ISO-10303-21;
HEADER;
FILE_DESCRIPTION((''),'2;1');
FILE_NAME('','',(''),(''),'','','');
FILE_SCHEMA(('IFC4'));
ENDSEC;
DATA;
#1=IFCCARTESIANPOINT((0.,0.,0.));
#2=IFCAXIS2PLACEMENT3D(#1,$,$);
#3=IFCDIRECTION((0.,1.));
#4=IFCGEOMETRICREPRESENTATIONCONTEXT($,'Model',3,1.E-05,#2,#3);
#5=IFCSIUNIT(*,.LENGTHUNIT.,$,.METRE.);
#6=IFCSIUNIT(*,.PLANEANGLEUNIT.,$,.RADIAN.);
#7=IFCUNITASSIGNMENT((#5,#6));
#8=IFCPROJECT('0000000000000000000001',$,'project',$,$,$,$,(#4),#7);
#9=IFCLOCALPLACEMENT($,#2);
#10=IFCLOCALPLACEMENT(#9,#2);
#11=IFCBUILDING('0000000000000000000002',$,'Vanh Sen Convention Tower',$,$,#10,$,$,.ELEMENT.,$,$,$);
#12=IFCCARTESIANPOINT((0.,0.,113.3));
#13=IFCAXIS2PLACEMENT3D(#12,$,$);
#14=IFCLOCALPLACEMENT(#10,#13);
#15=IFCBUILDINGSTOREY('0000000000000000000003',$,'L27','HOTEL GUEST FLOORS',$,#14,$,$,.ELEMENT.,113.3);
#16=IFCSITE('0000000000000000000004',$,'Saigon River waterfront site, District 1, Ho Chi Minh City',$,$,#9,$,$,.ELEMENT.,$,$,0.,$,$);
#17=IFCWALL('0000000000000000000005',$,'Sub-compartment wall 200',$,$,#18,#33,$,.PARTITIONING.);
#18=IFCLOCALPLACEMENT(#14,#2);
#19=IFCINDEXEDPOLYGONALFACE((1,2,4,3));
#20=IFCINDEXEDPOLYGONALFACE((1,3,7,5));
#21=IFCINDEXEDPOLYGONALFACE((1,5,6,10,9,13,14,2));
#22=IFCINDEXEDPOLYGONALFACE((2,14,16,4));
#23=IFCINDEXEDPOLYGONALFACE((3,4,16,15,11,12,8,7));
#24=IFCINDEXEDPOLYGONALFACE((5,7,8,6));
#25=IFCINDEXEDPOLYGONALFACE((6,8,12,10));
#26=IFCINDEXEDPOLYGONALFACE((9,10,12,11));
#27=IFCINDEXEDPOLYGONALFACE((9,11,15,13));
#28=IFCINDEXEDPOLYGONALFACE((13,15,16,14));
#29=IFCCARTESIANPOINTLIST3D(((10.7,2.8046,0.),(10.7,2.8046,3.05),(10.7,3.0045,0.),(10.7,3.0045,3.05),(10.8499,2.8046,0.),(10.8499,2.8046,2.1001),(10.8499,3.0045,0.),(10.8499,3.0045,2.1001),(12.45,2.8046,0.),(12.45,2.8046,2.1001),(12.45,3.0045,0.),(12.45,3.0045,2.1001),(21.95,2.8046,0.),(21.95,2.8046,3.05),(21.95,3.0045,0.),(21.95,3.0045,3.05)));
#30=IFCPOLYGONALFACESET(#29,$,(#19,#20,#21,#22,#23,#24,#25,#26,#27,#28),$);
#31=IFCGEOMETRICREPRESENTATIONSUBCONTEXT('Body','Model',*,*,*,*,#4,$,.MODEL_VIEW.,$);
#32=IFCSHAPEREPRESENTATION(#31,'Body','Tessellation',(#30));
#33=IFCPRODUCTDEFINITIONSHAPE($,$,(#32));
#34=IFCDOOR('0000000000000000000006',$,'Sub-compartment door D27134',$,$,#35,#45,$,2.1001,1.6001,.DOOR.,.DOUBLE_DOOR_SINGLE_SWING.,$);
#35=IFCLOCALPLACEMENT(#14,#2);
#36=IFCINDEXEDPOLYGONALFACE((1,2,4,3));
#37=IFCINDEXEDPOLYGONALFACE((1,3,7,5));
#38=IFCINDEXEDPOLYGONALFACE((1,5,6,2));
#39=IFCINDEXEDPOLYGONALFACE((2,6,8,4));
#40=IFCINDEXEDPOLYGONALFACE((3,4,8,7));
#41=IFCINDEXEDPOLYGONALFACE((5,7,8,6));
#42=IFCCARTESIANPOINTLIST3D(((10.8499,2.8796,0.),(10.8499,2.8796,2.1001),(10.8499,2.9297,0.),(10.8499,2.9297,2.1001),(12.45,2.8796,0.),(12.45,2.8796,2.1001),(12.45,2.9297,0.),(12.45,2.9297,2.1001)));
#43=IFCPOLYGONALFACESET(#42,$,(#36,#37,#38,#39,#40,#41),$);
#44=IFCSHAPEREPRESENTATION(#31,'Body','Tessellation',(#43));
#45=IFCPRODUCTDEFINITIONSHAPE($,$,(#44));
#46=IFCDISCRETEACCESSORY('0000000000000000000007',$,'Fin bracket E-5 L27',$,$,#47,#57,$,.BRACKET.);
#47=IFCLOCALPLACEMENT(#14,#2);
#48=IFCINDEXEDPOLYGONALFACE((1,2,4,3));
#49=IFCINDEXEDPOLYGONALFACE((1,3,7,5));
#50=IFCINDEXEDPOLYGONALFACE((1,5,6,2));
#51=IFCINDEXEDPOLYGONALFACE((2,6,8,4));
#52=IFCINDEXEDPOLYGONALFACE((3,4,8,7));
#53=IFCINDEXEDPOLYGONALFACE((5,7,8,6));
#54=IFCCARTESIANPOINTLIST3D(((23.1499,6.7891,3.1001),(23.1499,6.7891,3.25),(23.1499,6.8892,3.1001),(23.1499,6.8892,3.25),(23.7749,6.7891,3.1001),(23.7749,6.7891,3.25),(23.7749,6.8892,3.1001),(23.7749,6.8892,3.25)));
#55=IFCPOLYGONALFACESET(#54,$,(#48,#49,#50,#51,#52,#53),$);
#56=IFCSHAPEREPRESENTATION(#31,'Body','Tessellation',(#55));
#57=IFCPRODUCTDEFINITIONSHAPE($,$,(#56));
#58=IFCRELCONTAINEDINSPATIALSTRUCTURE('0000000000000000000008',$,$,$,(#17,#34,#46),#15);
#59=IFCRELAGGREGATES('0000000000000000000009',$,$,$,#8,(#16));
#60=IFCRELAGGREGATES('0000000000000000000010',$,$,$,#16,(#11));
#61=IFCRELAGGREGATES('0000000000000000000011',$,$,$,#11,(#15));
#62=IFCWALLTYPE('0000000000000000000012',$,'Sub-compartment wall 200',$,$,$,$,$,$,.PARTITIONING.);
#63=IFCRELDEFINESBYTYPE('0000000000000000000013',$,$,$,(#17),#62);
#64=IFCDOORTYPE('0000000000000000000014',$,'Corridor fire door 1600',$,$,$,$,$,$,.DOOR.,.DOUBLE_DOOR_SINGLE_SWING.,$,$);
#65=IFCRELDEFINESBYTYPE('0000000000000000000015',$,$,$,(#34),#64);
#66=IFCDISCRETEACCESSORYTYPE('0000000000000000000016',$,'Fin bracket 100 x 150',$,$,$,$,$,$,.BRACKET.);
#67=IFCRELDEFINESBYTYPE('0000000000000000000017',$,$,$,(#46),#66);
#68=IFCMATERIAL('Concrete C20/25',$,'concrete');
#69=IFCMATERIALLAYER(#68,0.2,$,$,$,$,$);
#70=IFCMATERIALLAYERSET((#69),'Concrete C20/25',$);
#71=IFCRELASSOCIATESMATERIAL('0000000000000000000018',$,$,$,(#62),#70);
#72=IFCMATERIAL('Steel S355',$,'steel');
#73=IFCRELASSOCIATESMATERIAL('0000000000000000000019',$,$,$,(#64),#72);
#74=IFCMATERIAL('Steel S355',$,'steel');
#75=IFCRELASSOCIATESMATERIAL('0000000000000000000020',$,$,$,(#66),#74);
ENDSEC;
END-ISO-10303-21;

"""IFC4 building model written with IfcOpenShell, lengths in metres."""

from ifc_helpers import new_model, si_unit, direction, frame, frame_2d, origin, origin_2d, place, context, subcontext, project, spatial, rectangle, extrude, material, layer, layer_set, type_object, element, fill, save


model = new_model("IFC4")

# Units and contexts
model_context = context("Model", 3, precision=1e-05, world=origin(), true_north=direction((0.0, 1.0)))
body_context = subcontext(model_context, "Body", "Model", "MODEL_VIEW")
ifc_project = project(units=[si_unit("LENGTHUNIT", "METRE"), si_unit("PLANEANGLEUNIT", "RADIAN")], contexts=[model_context])

# Site, building, storey
site_placement = place(None, origin())
site = spatial("IfcSite", under=ifc_project, at=site_placement, Name="Saigon River waterfront site, District 1, Ho Chi Minh City", CompositionType="ELEMENT", RefElevation=0.0)
building_placement = place(site_placement, origin())
building = spatial("IfcBuilding", under=site, at=building_placement, Name="Vanh Sen Convention Tower", CompositionType="ELEMENT")
storey_placement = place(building_placement, frame((0.0, 0.0, 113.3)))
storey = spatial("IfcBuildingStorey", under=building, at=storey_placement, Name="L27", Description="HOTEL GUEST FLOORS", CompositionType="ELEMENT", Elevation=113.3)

# Wall, opening, door
ifc_material_1 = material(Name="Concrete C20/25", Category="concrete")
ifc_layer_1 = layer(ifc_material_1, 0.2)
ifc_layer_set_1 = layer_set([ifc_layer_1], Name="Concrete C20/25")
wall_type_1 = type_object("IfcWallType", Name="Sub-compartment wall 200", PredefinedType="PARTITIONING", material=ifc_layer_set_1)
wall_1_placement = place(storey_placement, frame((21.95, 2.9045, 0.0), z_axis=(0.0, 0.0, 1.0), x_axis=(-1.0, 0.0, 0.0)))
wall_1 = element("IfcWall", 1, at=wall_1_placement, inside=storey, type_object=wall_type_1, Name="Sub-compartment wall 200", PredefinedType="PARTITIONING", context=body_context, shape_type="SweptSolid", body=[
    extrude(rectangle(XDim=11.25, YDim=0.2, at=frame_2d((5.625, 0.0))), origin(), (0.0, 0.0, 1.0), 3.05),
])
opening_1_placement = place(wall_1_placement, frame((9.5, 0.0, 0.0)))
opening_1 = element("IfcOpeningElement", 2, at=opening_1_placement, cuts=wall_1, PredefinedType="OPENING", context=body_context, shape_type="SweptSolid", body=[
    extrude(rectangle(XDim=1.6001, YDim=2.1001, at=frame_2d((0.8, 1.05))), frame((0.0, 0.1099, 0.0), z_axis=(0.0, -1.0, 0.0), x_axis=(1.0, 0.0, 0.0)), (0.0, 0.0, 1.0), 0.22),
])
ifc_material_2 = material(Name="Steel S355", Category="steel")
door_type_1 = type_object("IfcDoorType", Name="Corridor fire door 1600", OperationType="DOUBLE_DOOR_SINGLE_SWING", PredefinedType="DOOR", material=ifc_material_2)
door_1_placement = place(opening_1_placement, origin())
door_1 = element("IfcDoor", 3, at=door_1_placement, inside=storey, type_object=door_type_1, Name="Sub-compartment door D27134", OperationType="DOUBLE_DOOR_SINGLE_SWING", OverallHeight=2.1001, OverallWidth=1.6001, PredefinedType="DOOR", context=body_context, shape_type="SweptSolid", body=[
    extrude(rectangle(XDim=1.6001, YDim=2.1001, at=frame_2d((0.8, 1.05))), frame((0.0, 0.0249, 0.0), z_axis=(0.0, -1.0, 0.0), x_axis=(1.0, 0.0, 0.0)), (0.0, 0.0, 1.0), 0.05),
])
fill(opening_1, door_1)

# Discrete accessory
ifc_material_3 = material(Name="Steel S355", Category="steel")
discrete_accessory_type = type_object("IfcDiscreteAccessoryType", Name="Fin bracket 100 x 150", PredefinedType="BRACKET", material=ifc_material_3)
discrete_accessory_placement = place(storey_placement, frame((23.4624, 6.8391, 3.1001), z_axis=(0.0, 0.0, 1.0), x_axis=(1.0, 0.0, 0.0)))
element("IfcDiscreteAccessory", 4, at=discrete_accessory_placement, inside=storey, type_object=discrete_accessory_type, Name="Fin bracket E-5 L27", PredefinedType="BRACKET", context=body_context, shape_type="SweptSolid", body=[
    extrude(rectangle(XDim=0.625, YDim=0.1001, at=origin_2d()), origin(), (0.0, 0.0, 1.0), 0.1499),
])

save(model, "model.ifc")
